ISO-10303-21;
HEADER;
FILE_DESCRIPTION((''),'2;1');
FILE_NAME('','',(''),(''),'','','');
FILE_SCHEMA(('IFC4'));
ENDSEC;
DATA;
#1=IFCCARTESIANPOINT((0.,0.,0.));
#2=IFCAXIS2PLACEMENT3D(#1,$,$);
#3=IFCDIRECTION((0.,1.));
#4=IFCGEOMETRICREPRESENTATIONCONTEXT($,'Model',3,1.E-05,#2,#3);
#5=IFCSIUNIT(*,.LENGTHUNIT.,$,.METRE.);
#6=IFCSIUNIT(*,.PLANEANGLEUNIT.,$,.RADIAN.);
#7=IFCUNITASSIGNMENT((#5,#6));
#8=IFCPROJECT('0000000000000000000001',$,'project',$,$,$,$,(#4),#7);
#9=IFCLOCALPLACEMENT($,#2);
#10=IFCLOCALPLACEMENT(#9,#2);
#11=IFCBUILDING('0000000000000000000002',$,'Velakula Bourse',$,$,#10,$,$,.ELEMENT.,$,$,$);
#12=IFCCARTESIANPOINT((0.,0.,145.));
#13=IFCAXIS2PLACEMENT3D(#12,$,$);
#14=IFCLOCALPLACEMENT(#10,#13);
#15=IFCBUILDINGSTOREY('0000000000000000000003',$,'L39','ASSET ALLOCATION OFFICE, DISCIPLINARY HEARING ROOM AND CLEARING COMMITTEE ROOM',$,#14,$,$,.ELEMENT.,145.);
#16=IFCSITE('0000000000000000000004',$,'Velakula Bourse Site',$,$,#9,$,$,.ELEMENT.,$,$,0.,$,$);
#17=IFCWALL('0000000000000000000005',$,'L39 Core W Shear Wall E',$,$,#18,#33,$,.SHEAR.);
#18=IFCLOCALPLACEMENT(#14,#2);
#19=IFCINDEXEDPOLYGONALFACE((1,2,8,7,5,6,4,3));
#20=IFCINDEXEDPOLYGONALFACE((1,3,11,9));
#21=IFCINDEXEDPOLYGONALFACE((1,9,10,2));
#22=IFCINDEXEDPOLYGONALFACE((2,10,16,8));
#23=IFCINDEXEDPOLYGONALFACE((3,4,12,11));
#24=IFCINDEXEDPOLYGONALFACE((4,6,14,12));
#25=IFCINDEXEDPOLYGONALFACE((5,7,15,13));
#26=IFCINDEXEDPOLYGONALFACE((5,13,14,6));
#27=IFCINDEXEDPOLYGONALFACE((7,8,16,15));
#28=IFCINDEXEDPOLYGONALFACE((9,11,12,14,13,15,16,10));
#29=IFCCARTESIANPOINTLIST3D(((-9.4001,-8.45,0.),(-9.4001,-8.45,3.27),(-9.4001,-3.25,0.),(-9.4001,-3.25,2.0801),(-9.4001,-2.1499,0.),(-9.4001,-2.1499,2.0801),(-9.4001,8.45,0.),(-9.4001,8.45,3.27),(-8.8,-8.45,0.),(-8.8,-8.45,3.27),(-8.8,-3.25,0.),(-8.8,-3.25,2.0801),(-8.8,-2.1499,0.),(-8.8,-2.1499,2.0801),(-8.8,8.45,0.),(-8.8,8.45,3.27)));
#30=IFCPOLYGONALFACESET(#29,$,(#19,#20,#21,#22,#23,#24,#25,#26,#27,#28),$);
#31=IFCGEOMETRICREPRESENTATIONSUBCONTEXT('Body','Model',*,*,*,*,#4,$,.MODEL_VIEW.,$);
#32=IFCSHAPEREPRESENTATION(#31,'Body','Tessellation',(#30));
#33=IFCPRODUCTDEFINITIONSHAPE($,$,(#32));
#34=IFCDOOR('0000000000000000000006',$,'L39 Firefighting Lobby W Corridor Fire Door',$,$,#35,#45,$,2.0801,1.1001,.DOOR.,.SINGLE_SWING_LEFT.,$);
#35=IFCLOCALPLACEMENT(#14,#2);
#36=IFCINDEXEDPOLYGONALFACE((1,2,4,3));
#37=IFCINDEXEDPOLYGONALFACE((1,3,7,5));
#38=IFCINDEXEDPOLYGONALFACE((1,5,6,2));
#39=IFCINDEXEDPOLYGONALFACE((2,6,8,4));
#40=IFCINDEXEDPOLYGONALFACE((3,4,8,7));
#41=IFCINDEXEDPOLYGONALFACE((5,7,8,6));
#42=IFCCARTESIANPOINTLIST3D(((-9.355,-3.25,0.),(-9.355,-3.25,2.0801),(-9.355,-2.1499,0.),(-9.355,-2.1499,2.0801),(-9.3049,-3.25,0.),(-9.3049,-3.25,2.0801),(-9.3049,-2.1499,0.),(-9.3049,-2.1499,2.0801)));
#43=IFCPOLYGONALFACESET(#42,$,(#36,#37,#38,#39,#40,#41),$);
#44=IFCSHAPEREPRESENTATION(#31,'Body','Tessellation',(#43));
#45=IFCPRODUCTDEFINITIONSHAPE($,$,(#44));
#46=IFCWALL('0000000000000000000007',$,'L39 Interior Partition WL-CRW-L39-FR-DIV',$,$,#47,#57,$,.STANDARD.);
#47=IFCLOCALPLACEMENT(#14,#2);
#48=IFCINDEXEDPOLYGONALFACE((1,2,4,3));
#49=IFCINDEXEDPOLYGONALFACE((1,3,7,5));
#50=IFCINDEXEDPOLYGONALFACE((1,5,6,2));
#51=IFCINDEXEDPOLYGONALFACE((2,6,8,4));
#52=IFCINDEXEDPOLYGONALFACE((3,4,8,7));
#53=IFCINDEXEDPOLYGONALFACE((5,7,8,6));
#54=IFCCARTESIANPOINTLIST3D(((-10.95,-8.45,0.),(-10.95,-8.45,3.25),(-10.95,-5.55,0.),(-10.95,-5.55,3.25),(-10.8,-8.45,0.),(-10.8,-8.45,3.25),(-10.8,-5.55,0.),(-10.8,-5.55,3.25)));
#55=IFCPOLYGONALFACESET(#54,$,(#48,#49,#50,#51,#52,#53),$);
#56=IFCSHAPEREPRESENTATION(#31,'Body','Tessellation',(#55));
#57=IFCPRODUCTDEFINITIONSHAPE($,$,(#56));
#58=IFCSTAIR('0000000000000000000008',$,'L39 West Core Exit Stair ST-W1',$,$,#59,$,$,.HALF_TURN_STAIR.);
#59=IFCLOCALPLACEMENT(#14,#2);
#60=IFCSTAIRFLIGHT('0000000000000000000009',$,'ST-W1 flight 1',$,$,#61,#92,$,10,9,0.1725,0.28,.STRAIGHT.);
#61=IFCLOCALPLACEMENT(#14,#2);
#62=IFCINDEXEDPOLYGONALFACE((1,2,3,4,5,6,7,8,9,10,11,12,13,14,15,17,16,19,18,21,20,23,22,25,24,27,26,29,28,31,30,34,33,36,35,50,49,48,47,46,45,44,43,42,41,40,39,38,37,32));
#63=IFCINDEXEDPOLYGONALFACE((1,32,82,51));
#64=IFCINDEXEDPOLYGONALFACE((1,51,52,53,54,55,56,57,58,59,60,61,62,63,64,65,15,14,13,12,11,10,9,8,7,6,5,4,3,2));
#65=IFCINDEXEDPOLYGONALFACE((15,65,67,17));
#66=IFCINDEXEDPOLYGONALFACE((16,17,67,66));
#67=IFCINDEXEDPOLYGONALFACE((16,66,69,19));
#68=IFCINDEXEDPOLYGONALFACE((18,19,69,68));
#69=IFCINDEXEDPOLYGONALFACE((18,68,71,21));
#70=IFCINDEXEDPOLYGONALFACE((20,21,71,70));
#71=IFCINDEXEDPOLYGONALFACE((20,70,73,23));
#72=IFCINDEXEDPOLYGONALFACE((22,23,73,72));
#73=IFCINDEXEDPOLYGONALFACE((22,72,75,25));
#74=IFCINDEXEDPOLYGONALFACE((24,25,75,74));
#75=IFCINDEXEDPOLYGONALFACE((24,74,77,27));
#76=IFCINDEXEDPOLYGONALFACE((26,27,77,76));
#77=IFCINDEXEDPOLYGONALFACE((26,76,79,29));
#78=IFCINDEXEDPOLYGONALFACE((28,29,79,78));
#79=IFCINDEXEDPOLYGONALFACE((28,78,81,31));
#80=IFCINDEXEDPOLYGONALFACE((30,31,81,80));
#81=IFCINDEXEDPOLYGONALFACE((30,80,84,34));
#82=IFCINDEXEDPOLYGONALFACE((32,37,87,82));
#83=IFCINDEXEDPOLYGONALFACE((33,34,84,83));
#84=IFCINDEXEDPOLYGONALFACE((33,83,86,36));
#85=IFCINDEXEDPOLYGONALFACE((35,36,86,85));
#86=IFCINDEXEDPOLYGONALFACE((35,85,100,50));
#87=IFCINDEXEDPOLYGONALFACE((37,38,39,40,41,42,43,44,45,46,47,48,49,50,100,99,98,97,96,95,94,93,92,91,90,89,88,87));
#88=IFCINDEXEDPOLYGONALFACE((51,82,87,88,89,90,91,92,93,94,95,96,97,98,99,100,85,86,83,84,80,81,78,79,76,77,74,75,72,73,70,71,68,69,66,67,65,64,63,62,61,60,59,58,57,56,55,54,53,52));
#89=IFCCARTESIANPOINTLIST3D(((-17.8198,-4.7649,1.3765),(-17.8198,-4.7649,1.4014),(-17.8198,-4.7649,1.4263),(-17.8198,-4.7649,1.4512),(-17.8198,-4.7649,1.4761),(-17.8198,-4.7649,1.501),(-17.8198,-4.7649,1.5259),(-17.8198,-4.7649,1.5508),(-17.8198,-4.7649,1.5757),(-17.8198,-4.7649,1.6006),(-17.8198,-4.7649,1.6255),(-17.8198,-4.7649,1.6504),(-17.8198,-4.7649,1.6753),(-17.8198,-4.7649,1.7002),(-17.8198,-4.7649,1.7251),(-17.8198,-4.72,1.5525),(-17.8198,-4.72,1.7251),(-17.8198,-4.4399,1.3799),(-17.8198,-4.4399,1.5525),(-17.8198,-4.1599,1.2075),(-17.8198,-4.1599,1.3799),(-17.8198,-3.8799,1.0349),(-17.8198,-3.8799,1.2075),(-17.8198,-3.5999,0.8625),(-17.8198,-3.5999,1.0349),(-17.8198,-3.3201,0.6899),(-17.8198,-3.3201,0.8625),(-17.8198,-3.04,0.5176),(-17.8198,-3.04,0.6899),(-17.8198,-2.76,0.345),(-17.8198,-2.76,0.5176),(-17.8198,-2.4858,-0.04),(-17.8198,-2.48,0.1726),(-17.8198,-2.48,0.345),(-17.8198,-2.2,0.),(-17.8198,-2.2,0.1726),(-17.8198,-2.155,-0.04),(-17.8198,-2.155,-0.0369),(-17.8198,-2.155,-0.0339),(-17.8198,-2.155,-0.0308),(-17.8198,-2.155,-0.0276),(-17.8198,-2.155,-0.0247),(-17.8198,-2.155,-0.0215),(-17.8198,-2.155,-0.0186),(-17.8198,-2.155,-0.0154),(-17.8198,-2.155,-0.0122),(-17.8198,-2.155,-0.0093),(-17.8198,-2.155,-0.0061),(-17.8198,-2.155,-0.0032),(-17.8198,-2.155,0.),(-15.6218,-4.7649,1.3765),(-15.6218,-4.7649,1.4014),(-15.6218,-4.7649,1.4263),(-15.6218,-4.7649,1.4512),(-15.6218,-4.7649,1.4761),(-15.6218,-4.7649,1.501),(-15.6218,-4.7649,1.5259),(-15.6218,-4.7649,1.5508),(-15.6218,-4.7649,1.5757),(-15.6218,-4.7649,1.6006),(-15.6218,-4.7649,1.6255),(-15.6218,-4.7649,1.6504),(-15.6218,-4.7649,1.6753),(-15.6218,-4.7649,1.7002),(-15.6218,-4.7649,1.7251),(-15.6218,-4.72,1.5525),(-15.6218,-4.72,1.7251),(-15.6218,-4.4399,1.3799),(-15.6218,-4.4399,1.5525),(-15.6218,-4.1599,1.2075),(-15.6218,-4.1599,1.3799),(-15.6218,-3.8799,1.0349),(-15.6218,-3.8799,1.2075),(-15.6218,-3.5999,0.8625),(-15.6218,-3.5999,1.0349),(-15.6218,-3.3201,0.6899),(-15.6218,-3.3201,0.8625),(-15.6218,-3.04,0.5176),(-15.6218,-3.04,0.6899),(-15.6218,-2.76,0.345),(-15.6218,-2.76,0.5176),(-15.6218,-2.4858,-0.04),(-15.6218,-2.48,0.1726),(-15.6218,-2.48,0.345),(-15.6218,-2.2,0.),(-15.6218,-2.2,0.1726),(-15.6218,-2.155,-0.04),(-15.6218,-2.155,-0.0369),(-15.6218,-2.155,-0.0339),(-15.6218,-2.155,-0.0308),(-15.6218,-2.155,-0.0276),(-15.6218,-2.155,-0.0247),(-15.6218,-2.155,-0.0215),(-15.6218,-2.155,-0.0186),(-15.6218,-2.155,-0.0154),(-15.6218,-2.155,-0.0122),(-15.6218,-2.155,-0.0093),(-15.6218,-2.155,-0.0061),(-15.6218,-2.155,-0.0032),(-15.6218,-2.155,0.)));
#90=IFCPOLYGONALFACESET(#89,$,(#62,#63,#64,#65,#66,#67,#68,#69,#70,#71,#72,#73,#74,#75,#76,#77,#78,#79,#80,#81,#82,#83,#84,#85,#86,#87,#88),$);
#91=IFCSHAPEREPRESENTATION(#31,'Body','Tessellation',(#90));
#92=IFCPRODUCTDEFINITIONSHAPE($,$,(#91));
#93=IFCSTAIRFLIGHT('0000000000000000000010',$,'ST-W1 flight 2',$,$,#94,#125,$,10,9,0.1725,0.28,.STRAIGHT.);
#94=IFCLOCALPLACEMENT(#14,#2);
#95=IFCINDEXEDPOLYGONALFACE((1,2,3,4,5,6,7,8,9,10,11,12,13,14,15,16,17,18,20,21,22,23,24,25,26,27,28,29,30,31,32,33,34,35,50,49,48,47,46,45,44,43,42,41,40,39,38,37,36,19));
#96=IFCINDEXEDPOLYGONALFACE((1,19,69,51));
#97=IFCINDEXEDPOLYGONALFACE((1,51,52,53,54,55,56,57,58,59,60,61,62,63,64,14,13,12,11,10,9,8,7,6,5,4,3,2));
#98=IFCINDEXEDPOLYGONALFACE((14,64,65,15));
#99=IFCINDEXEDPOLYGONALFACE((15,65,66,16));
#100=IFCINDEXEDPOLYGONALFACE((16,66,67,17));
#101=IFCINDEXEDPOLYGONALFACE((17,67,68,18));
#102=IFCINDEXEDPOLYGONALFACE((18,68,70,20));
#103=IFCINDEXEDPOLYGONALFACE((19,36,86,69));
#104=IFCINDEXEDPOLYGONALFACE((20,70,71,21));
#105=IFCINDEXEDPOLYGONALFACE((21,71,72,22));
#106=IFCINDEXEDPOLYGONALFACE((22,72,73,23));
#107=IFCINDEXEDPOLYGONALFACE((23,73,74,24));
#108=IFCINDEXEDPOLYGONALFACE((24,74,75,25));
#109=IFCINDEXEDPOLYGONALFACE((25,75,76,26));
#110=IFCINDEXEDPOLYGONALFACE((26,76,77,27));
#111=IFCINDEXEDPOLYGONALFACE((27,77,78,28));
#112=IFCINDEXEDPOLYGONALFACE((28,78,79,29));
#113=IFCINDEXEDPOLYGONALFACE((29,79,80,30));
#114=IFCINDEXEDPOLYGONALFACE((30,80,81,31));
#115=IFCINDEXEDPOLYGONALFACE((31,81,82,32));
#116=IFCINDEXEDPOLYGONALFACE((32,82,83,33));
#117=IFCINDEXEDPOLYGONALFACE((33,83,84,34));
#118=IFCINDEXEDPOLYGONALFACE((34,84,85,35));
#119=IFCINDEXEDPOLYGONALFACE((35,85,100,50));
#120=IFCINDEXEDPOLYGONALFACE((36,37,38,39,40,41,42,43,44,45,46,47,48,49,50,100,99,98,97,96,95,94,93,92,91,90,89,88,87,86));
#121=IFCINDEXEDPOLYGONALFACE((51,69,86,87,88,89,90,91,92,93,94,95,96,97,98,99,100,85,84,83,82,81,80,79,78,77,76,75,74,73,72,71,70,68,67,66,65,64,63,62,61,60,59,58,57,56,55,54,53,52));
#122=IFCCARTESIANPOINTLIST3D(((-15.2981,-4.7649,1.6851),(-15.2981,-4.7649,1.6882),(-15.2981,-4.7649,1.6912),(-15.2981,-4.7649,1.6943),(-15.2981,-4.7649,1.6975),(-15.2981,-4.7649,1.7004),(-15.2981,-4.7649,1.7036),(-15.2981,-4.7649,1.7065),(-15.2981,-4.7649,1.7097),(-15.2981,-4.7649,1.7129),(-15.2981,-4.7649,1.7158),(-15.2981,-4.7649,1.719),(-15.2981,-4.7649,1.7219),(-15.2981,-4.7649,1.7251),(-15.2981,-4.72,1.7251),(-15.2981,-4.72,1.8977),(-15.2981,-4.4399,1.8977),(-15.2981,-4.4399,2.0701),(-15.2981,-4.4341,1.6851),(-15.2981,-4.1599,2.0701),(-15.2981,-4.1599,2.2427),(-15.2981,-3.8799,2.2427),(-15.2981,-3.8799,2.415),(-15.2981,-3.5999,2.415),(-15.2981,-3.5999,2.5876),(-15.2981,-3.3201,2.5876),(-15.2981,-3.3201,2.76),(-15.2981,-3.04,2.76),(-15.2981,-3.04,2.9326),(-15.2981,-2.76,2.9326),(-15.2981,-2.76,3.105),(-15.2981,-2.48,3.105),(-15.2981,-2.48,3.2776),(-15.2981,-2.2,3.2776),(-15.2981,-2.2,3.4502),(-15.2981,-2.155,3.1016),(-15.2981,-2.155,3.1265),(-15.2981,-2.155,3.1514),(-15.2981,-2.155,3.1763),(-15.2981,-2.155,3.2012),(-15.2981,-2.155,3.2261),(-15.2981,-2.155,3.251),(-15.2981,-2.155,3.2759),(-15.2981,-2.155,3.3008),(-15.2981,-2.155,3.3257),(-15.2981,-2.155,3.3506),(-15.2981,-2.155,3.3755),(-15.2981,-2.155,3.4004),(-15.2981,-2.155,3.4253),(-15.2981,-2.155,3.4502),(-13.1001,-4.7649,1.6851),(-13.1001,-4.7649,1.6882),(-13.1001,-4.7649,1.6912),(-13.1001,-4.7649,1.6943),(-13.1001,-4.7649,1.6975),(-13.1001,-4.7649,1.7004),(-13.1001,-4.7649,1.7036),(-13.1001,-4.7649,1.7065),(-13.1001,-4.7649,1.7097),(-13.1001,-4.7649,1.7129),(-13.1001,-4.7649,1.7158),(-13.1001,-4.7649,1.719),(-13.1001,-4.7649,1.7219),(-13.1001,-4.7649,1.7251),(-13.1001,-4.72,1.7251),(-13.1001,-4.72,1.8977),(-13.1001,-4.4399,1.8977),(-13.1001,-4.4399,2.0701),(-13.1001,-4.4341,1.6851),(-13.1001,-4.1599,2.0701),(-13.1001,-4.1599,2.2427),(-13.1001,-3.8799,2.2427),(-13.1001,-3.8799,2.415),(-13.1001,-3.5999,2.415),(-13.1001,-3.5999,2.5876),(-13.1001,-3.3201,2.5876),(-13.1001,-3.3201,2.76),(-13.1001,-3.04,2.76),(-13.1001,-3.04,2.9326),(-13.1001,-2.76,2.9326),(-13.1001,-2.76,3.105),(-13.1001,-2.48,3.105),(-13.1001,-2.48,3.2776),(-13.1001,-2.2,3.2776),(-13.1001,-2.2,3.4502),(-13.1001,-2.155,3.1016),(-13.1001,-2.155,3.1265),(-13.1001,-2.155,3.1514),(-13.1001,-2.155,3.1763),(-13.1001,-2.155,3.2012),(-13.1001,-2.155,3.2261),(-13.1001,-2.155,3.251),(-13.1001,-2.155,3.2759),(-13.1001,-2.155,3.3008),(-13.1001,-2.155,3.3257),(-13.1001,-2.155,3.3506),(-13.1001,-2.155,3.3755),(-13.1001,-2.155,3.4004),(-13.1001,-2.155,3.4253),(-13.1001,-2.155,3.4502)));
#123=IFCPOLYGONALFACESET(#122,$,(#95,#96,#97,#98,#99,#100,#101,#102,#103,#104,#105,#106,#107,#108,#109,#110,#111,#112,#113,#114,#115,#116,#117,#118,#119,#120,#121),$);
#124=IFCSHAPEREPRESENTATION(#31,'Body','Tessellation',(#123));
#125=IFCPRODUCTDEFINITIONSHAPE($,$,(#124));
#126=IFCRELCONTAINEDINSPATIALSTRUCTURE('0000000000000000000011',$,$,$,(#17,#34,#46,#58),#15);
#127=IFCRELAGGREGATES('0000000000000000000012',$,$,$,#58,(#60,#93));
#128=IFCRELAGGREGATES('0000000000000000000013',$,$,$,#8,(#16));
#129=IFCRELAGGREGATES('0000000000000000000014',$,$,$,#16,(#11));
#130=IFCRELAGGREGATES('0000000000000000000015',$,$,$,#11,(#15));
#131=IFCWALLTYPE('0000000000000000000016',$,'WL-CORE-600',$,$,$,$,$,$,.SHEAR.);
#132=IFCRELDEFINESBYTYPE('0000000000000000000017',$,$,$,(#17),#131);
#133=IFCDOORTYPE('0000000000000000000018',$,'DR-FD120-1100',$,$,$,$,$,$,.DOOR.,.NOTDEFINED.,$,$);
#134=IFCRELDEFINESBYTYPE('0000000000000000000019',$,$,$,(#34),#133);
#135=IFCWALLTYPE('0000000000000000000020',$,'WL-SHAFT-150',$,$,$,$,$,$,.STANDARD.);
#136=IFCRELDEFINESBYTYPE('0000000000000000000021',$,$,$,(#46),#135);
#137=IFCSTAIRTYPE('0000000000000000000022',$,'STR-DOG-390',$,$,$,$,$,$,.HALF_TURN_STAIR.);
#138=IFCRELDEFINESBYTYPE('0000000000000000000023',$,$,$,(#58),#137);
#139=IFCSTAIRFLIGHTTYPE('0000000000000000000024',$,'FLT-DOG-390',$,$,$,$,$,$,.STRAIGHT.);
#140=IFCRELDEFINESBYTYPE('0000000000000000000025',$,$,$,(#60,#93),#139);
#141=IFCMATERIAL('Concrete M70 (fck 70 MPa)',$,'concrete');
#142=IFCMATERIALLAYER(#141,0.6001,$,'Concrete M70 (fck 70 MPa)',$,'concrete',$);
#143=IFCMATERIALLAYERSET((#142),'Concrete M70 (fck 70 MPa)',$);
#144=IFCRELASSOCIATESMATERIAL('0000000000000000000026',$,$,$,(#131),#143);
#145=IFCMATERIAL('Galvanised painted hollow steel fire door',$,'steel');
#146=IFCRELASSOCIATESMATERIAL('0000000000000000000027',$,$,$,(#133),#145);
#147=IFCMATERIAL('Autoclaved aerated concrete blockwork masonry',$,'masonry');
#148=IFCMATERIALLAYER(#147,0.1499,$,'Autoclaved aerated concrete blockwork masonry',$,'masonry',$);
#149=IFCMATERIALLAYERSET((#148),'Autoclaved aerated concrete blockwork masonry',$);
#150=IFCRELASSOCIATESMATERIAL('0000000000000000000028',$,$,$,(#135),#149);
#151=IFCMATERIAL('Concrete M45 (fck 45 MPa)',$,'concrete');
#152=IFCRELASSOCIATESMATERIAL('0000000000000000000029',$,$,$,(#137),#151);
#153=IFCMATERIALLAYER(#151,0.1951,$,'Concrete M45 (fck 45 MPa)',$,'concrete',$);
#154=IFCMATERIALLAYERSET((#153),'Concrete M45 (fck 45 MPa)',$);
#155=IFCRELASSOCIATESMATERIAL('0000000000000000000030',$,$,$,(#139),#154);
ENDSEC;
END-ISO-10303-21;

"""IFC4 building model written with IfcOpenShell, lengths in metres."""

from ifc_helpers import new_model, si_unit, direction, frame, frame_2d, origin, place, context, subcontext, project, spatial, polyline, rectangle, outline, extrude, material, layer, layer_set, type_object, element, fill, aggregate, save


model = new_model("IFC4")

# Units and contexts
model_context = context("Model", 3, precision=1e-05, world=origin(), true_north=direction((0.0, 1.0)))
body_context = subcontext(model_context, "Body", "Model", "MODEL_VIEW")
ifc_project = project(units=[si_unit("LENGTHUNIT", "METRE"), si_unit("PLANEANGLEUNIT", "RADIAN")], contexts=[model_context])

# Site, building, storey
site_placement = place(None, origin())
site = spatial("IfcSite", under=ifc_project, at=site_placement, Name="Velakula Bourse Site", CompositionType="ELEMENT", RefElevation=0.0)
building_placement = place(site_placement, origin())
building = spatial("IfcBuilding", under=site, at=building_placement, Name="Velakula Bourse", CompositionType="ELEMENT")
storey_placement = place(building_placement, frame((0.0, 0.0, 145.0)))
storey = spatial("IfcBuildingStorey", under=building, at=storey_placement, Name="L39", Description="ASSET ALLOCATION OFFICE, DISCIPLINARY HEARING ROOM AND CLEARING COMMITTEE ROOM", CompositionType="ELEMENT", Elevation=145.0)

# Shared definitions
ifc_material_1 = material(Name="Concrete M70 (fck 70 MPa)", Category="concrete")

# Shared definitions
ifc_material_2 = material(Name="Galvanised painted hollow steel fire door", Category="steel")

# Shared definitions
ifc_layer_1 = layer(ifc_material_1, 0.6001, Name="Concrete M70 (fck 70 MPa)", Category="concrete")
ifc_layer_set_1 = layer_set([ifc_layer_1], Name="Concrete M70 (fck 70 MPa)")
wall_type_1 = type_object("IfcWallType", Name="WL-CORE-600", PredefinedType="SHEAR", material=ifc_layer_set_1)

# Wall, opening, door
wall_1_placement = place(storey_placement, frame((-9.1001, -8.45, 0.0), z_axis=(0.0, 0.0, 1.0), x_axis=(0.0, 1.0, 0.0)))
wall_1 = element("IfcWall", 1, at=wall_1_placement, inside=storey, type_object=wall_type_1, Name="L39 Core W Shear Wall E", PredefinedType="SHEAR", context=body_context, shape_type="SweptSolid", body=[
    extrude(rectangle(XDim=16.8999, YDim=0.6001, at=frame_2d((8.45, 0.0))), origin(), (0.0, 0.0, 1.0), 3.27),
])
opening_1_placement = place(wall_1_placement, frame((5.2, 0.0, 0.0)))
opening_1 = element("IfcOpeningElement", 2, at=opening_1_placement, cuts=wall_1, PredefinedType="OPENING", context=body_context, shape_type="SweptSolid", body=[
    extrude(rectangle(XDim=1.1001, YDim=2.0801, at=frame_2d((0.55, 1.04))), frame((0.0, 0.3101, 0.0), z_axis=(0.0, -1.0, 0.0), x_axis=(1.0, 0.0, 0.0)), (0.0, 0.0, 1.0), 0.6201),
])
door_type_1 = type_object("IfcDoorType", Name="DR-FD120-1100", OperationType="NOTDEFINED", PredefinedType="DOOR", material=ifc_material_2)
door_1_placement = place(opening_1_placement, origin())
door_1 = element("IfcDoor", 3, at=door_1_placement, inside=storey, type_object=door_type_1, Name="L39 Firefighting Lobby W Corridor Fire Door", OperationType="SINGLE_SWING_LEFT", OverallHeight=2.0801, OverallWidth=1.1001, PredefinedType="DOOR", context=body_context, shape_type="SweptSolid", body=[
    extrude(rectangle(XDim=1.1001, YDim=2.0801, at=frame_2d((0.55, 1.04))), frame((0.0, 0.2549, 0.0), z_axis=(0.0, -1.0, 0.0), x_axis=(1.0, 0.0, 0.0)), (0.0, 0.0, 1.0), 0.05),
])
fill(opening_1, door_1)

# Shared definitions
ifc_material_3 = material(Name="Autoclaved aerated concrete blockwork masonry", Category="masonry")
ifc_layer_2 = layer(ifc_material_3, 0.1499, Name="Autoclaved aerated concrete blockwork masonry", Category="masonry")
ifc_layer_set_2 = layer_set([ifc_layer_2], Name="Autoclaved aerated concrete blockwork masonry")
wall_type_2 = type_object("IfcWallType", Name="WL-SHAFT-150", PredefinedType="STANDARD", material=ifc_layer_set_2)

# Wall
wall_2_placement = place(storey_placement, frame((-10.875, -8.45, 0.0), z_axis=(0.0, 0.0, 1.0), x_axis=(0.0, 1.0, 0.0)))
element("IfcWall", 4, at=wall_2_placement, inside=storey, type_object=wall_type_2, Name="L39 Interior Partition WL-CRW-L39-FR-DIV", PredefinedType="STANDARD", context=body_context, shape_type="SweptSolid", body=[
    extrude(rectangle(XDim=2.8999, YDim=0.1499, at=frame_2d((1.45, 0.0))), origin(), (0.0, 0.0, 1.0), 3.25),
])

# Stair, stair flights
ifc_material_4 = material(Name="Concrete M45 (fck 45 MPa)", Category="concrete")
stair_type = type_object("IfcStairType", Name="STR-DOG-390", PredefinedType="HALF_TURN_STAIR", material=ifc_material_4)
stair_placement = place(storey_placement, origin())
stair = element("IfcStair", 5, at=stair_placement, inside=storey, type_object=stair_type, Name="L39 West Core Exit Stair ST-W1", PredefinedType="HALF_TURN_STAIR")
ifc_layer_3 = layer(ifc_material_4, 0.1951, Name="Concrete M45 (fck 45 MPa)", Category="concrete")
ifc_layer_set_3 = layer_set([ifc_layer_3], Name="Concrete M45 (fck 45 MPa)")
stair_flight_type = type_object("IfcStairFlightType", Name="FLT-DOG-390", PredefinedType="STRAIGHT", material=ifc_layer_set_3)
stair_flight_1_placement = place(storey_placement, frame((-16.7209, -2.2, 0.0), z_axis=(0.0, 0.0, 1.0), x_axis=(0.0, -1.0, 0.0)))
stair_flight_1 = element("IfcStairFlight", 6, at=stair_flight_1_placement, type_object=stair_flight_type, Name="ST-W1 flight 1", NumberOfRisers=10, NumberOfTreads=9, PredefinedType="STRAIGHT", RiserHeight=0.1725, TreadLength=0.28, context=body_context, shape_type="SweptSolid", body=[
    extrude(outline(polyline([(-0.0449, -0.04), (-0.0449, -0.0369), (-0.0449, -0.0339), (-0.0449, -0.0308), (-0.0449, -0.0276), (-0.0449, -0.0247), (-0.0449, -0.0215), (-0.0449, -0.0186), (-0.0449, -0.0154), (-0.0449, -0.0122), (-0.0449, -0.0093), (-0.0449, -0.0061), (-0.0449, -0.0032), (-0.0449, 0.0), (0.0, 0.0), (0.0, 0.1726), (0.28, 0.1726), (0.28, 0.345), (0.5601, 0.345), (0.5601, 0.5176), (0.8401, 0.5176), (0.8401, 0.6899), (1.1201, 0.6899), (1.1201, 0.8625), (1.3999, 0.8625), (1.3999, 1.0349), (1.6799, 1.0349), (1.6799, 1.2075), (1.96, 1.2075), (1.96, 1.3799), (2.24, 1.3799), (2.24, 1.5525), (2.52, 1.5525), (2.52, 1.7251), (2.5649, 1.7251), (2.5649, 1.7002), (2.5649, 1.6753), (2.5649, 1.6504), (2.5649, 1.6255), (2.5649, 1.6006), (2.5649, 1.5757), (2.5649, 1.5508), (2.5649, 1.5259), (2.5649, 1.501), (2.5649, 1.4761), (2.5649, 1.4512), (2.5649, 1.4263), (2.5649, 1.4014), (2.5649, 1.3765), (0.2859, -0.04), (-0.0449, -0.04)])), frame((0.0, 1.0991, 0.0), z_axis=(0.0, -1.0, 0.0), x_axis=(1.0, 0.0, 0.0)), (0.0, 0.0, 1.0), 2.198),
])
stair_flight_2_placement = place(storey_placement, frame((-14.199, -4.72, 1.7251), z_axis=(0.0, 0.0, 1.0), x_axis=(0.0, 1.0, 0.0)))
stair_flight_2 = element("IfcStairFlight", 7, at=stair_flight_2_placement, type_object=stair_flight_type, Name="ST-W1 flight 2", NumberOfRisers=10, NumberOfTreads=9, PredefinedType="STRAIGHT", RiserHeight=0.1725, TreadLength=0.28, context=body_context, shape_type="SweptSolid", body=[
    extrude(outline(polyline([(-0.0449, -0.04), (-0.0449, -0.0369), (-0.0449, -0.0339), (-0.0449, -0.0308), (-0.0449, -0.0276), (-0.0449, -0.0247), (-0.0449, -0.0215), (-0.0449, -0.0186), (-0.0449, -0.0154), (-0.0449, -0.0122), (-0.0449, -0.0093), (-0.0449, -0.0061), (-0.0449, -0.0032), (-0.0449, 0.0), (0.0, 0.0), (0.0, 0.1726), (0.28, 0.1726), (0.28, 0.345), (0.5601, 0.345), (0.5601, 0.5176), (0.8401, 0.5176), (0.8401, 0.6899), (1.1201, 0.6899), (1.1201, 0.8625), (1.3999, 0.8625), (1.3999, 1.0349), (1.6799, 1.0349), (1.6799, 1.2075), (1.96, 1.2075), (1.96, 1.3799), (2.24, 1.3799), (2.24, 1.5525), (2.52, 1.5525), (2.52, 1.7251), (2.5649, 1.7251), (2.5649, 1.7002), (2.5649, 1.6753), (2.5649, 1.6504), (2.5649, 1.6255), (2.5649, 1.6006), (2.5649, 1.5757), (2.5649, 1.5508), (2.5649, 1.5259), (2.5649, 1.501), (2.5649, 1.4761), (2.5649, 1.4512), (2.5649, 1.4263), (2.5649, 1.4014), (2.5649, 1.3765), (0.2859, -0.04), (-0.0449, -0.04)])), frame((0.0, 1.0991, 0.0), z_axis=(0.0, -1.0, 0.0), x_axis=(1.0, 0.0, 0.0)), (0.0, 0.0, 1.0), 2.198),
])
aggregate(stair, [stair_flight_1, stair_flight_2])

save(model, "model.ifc")
